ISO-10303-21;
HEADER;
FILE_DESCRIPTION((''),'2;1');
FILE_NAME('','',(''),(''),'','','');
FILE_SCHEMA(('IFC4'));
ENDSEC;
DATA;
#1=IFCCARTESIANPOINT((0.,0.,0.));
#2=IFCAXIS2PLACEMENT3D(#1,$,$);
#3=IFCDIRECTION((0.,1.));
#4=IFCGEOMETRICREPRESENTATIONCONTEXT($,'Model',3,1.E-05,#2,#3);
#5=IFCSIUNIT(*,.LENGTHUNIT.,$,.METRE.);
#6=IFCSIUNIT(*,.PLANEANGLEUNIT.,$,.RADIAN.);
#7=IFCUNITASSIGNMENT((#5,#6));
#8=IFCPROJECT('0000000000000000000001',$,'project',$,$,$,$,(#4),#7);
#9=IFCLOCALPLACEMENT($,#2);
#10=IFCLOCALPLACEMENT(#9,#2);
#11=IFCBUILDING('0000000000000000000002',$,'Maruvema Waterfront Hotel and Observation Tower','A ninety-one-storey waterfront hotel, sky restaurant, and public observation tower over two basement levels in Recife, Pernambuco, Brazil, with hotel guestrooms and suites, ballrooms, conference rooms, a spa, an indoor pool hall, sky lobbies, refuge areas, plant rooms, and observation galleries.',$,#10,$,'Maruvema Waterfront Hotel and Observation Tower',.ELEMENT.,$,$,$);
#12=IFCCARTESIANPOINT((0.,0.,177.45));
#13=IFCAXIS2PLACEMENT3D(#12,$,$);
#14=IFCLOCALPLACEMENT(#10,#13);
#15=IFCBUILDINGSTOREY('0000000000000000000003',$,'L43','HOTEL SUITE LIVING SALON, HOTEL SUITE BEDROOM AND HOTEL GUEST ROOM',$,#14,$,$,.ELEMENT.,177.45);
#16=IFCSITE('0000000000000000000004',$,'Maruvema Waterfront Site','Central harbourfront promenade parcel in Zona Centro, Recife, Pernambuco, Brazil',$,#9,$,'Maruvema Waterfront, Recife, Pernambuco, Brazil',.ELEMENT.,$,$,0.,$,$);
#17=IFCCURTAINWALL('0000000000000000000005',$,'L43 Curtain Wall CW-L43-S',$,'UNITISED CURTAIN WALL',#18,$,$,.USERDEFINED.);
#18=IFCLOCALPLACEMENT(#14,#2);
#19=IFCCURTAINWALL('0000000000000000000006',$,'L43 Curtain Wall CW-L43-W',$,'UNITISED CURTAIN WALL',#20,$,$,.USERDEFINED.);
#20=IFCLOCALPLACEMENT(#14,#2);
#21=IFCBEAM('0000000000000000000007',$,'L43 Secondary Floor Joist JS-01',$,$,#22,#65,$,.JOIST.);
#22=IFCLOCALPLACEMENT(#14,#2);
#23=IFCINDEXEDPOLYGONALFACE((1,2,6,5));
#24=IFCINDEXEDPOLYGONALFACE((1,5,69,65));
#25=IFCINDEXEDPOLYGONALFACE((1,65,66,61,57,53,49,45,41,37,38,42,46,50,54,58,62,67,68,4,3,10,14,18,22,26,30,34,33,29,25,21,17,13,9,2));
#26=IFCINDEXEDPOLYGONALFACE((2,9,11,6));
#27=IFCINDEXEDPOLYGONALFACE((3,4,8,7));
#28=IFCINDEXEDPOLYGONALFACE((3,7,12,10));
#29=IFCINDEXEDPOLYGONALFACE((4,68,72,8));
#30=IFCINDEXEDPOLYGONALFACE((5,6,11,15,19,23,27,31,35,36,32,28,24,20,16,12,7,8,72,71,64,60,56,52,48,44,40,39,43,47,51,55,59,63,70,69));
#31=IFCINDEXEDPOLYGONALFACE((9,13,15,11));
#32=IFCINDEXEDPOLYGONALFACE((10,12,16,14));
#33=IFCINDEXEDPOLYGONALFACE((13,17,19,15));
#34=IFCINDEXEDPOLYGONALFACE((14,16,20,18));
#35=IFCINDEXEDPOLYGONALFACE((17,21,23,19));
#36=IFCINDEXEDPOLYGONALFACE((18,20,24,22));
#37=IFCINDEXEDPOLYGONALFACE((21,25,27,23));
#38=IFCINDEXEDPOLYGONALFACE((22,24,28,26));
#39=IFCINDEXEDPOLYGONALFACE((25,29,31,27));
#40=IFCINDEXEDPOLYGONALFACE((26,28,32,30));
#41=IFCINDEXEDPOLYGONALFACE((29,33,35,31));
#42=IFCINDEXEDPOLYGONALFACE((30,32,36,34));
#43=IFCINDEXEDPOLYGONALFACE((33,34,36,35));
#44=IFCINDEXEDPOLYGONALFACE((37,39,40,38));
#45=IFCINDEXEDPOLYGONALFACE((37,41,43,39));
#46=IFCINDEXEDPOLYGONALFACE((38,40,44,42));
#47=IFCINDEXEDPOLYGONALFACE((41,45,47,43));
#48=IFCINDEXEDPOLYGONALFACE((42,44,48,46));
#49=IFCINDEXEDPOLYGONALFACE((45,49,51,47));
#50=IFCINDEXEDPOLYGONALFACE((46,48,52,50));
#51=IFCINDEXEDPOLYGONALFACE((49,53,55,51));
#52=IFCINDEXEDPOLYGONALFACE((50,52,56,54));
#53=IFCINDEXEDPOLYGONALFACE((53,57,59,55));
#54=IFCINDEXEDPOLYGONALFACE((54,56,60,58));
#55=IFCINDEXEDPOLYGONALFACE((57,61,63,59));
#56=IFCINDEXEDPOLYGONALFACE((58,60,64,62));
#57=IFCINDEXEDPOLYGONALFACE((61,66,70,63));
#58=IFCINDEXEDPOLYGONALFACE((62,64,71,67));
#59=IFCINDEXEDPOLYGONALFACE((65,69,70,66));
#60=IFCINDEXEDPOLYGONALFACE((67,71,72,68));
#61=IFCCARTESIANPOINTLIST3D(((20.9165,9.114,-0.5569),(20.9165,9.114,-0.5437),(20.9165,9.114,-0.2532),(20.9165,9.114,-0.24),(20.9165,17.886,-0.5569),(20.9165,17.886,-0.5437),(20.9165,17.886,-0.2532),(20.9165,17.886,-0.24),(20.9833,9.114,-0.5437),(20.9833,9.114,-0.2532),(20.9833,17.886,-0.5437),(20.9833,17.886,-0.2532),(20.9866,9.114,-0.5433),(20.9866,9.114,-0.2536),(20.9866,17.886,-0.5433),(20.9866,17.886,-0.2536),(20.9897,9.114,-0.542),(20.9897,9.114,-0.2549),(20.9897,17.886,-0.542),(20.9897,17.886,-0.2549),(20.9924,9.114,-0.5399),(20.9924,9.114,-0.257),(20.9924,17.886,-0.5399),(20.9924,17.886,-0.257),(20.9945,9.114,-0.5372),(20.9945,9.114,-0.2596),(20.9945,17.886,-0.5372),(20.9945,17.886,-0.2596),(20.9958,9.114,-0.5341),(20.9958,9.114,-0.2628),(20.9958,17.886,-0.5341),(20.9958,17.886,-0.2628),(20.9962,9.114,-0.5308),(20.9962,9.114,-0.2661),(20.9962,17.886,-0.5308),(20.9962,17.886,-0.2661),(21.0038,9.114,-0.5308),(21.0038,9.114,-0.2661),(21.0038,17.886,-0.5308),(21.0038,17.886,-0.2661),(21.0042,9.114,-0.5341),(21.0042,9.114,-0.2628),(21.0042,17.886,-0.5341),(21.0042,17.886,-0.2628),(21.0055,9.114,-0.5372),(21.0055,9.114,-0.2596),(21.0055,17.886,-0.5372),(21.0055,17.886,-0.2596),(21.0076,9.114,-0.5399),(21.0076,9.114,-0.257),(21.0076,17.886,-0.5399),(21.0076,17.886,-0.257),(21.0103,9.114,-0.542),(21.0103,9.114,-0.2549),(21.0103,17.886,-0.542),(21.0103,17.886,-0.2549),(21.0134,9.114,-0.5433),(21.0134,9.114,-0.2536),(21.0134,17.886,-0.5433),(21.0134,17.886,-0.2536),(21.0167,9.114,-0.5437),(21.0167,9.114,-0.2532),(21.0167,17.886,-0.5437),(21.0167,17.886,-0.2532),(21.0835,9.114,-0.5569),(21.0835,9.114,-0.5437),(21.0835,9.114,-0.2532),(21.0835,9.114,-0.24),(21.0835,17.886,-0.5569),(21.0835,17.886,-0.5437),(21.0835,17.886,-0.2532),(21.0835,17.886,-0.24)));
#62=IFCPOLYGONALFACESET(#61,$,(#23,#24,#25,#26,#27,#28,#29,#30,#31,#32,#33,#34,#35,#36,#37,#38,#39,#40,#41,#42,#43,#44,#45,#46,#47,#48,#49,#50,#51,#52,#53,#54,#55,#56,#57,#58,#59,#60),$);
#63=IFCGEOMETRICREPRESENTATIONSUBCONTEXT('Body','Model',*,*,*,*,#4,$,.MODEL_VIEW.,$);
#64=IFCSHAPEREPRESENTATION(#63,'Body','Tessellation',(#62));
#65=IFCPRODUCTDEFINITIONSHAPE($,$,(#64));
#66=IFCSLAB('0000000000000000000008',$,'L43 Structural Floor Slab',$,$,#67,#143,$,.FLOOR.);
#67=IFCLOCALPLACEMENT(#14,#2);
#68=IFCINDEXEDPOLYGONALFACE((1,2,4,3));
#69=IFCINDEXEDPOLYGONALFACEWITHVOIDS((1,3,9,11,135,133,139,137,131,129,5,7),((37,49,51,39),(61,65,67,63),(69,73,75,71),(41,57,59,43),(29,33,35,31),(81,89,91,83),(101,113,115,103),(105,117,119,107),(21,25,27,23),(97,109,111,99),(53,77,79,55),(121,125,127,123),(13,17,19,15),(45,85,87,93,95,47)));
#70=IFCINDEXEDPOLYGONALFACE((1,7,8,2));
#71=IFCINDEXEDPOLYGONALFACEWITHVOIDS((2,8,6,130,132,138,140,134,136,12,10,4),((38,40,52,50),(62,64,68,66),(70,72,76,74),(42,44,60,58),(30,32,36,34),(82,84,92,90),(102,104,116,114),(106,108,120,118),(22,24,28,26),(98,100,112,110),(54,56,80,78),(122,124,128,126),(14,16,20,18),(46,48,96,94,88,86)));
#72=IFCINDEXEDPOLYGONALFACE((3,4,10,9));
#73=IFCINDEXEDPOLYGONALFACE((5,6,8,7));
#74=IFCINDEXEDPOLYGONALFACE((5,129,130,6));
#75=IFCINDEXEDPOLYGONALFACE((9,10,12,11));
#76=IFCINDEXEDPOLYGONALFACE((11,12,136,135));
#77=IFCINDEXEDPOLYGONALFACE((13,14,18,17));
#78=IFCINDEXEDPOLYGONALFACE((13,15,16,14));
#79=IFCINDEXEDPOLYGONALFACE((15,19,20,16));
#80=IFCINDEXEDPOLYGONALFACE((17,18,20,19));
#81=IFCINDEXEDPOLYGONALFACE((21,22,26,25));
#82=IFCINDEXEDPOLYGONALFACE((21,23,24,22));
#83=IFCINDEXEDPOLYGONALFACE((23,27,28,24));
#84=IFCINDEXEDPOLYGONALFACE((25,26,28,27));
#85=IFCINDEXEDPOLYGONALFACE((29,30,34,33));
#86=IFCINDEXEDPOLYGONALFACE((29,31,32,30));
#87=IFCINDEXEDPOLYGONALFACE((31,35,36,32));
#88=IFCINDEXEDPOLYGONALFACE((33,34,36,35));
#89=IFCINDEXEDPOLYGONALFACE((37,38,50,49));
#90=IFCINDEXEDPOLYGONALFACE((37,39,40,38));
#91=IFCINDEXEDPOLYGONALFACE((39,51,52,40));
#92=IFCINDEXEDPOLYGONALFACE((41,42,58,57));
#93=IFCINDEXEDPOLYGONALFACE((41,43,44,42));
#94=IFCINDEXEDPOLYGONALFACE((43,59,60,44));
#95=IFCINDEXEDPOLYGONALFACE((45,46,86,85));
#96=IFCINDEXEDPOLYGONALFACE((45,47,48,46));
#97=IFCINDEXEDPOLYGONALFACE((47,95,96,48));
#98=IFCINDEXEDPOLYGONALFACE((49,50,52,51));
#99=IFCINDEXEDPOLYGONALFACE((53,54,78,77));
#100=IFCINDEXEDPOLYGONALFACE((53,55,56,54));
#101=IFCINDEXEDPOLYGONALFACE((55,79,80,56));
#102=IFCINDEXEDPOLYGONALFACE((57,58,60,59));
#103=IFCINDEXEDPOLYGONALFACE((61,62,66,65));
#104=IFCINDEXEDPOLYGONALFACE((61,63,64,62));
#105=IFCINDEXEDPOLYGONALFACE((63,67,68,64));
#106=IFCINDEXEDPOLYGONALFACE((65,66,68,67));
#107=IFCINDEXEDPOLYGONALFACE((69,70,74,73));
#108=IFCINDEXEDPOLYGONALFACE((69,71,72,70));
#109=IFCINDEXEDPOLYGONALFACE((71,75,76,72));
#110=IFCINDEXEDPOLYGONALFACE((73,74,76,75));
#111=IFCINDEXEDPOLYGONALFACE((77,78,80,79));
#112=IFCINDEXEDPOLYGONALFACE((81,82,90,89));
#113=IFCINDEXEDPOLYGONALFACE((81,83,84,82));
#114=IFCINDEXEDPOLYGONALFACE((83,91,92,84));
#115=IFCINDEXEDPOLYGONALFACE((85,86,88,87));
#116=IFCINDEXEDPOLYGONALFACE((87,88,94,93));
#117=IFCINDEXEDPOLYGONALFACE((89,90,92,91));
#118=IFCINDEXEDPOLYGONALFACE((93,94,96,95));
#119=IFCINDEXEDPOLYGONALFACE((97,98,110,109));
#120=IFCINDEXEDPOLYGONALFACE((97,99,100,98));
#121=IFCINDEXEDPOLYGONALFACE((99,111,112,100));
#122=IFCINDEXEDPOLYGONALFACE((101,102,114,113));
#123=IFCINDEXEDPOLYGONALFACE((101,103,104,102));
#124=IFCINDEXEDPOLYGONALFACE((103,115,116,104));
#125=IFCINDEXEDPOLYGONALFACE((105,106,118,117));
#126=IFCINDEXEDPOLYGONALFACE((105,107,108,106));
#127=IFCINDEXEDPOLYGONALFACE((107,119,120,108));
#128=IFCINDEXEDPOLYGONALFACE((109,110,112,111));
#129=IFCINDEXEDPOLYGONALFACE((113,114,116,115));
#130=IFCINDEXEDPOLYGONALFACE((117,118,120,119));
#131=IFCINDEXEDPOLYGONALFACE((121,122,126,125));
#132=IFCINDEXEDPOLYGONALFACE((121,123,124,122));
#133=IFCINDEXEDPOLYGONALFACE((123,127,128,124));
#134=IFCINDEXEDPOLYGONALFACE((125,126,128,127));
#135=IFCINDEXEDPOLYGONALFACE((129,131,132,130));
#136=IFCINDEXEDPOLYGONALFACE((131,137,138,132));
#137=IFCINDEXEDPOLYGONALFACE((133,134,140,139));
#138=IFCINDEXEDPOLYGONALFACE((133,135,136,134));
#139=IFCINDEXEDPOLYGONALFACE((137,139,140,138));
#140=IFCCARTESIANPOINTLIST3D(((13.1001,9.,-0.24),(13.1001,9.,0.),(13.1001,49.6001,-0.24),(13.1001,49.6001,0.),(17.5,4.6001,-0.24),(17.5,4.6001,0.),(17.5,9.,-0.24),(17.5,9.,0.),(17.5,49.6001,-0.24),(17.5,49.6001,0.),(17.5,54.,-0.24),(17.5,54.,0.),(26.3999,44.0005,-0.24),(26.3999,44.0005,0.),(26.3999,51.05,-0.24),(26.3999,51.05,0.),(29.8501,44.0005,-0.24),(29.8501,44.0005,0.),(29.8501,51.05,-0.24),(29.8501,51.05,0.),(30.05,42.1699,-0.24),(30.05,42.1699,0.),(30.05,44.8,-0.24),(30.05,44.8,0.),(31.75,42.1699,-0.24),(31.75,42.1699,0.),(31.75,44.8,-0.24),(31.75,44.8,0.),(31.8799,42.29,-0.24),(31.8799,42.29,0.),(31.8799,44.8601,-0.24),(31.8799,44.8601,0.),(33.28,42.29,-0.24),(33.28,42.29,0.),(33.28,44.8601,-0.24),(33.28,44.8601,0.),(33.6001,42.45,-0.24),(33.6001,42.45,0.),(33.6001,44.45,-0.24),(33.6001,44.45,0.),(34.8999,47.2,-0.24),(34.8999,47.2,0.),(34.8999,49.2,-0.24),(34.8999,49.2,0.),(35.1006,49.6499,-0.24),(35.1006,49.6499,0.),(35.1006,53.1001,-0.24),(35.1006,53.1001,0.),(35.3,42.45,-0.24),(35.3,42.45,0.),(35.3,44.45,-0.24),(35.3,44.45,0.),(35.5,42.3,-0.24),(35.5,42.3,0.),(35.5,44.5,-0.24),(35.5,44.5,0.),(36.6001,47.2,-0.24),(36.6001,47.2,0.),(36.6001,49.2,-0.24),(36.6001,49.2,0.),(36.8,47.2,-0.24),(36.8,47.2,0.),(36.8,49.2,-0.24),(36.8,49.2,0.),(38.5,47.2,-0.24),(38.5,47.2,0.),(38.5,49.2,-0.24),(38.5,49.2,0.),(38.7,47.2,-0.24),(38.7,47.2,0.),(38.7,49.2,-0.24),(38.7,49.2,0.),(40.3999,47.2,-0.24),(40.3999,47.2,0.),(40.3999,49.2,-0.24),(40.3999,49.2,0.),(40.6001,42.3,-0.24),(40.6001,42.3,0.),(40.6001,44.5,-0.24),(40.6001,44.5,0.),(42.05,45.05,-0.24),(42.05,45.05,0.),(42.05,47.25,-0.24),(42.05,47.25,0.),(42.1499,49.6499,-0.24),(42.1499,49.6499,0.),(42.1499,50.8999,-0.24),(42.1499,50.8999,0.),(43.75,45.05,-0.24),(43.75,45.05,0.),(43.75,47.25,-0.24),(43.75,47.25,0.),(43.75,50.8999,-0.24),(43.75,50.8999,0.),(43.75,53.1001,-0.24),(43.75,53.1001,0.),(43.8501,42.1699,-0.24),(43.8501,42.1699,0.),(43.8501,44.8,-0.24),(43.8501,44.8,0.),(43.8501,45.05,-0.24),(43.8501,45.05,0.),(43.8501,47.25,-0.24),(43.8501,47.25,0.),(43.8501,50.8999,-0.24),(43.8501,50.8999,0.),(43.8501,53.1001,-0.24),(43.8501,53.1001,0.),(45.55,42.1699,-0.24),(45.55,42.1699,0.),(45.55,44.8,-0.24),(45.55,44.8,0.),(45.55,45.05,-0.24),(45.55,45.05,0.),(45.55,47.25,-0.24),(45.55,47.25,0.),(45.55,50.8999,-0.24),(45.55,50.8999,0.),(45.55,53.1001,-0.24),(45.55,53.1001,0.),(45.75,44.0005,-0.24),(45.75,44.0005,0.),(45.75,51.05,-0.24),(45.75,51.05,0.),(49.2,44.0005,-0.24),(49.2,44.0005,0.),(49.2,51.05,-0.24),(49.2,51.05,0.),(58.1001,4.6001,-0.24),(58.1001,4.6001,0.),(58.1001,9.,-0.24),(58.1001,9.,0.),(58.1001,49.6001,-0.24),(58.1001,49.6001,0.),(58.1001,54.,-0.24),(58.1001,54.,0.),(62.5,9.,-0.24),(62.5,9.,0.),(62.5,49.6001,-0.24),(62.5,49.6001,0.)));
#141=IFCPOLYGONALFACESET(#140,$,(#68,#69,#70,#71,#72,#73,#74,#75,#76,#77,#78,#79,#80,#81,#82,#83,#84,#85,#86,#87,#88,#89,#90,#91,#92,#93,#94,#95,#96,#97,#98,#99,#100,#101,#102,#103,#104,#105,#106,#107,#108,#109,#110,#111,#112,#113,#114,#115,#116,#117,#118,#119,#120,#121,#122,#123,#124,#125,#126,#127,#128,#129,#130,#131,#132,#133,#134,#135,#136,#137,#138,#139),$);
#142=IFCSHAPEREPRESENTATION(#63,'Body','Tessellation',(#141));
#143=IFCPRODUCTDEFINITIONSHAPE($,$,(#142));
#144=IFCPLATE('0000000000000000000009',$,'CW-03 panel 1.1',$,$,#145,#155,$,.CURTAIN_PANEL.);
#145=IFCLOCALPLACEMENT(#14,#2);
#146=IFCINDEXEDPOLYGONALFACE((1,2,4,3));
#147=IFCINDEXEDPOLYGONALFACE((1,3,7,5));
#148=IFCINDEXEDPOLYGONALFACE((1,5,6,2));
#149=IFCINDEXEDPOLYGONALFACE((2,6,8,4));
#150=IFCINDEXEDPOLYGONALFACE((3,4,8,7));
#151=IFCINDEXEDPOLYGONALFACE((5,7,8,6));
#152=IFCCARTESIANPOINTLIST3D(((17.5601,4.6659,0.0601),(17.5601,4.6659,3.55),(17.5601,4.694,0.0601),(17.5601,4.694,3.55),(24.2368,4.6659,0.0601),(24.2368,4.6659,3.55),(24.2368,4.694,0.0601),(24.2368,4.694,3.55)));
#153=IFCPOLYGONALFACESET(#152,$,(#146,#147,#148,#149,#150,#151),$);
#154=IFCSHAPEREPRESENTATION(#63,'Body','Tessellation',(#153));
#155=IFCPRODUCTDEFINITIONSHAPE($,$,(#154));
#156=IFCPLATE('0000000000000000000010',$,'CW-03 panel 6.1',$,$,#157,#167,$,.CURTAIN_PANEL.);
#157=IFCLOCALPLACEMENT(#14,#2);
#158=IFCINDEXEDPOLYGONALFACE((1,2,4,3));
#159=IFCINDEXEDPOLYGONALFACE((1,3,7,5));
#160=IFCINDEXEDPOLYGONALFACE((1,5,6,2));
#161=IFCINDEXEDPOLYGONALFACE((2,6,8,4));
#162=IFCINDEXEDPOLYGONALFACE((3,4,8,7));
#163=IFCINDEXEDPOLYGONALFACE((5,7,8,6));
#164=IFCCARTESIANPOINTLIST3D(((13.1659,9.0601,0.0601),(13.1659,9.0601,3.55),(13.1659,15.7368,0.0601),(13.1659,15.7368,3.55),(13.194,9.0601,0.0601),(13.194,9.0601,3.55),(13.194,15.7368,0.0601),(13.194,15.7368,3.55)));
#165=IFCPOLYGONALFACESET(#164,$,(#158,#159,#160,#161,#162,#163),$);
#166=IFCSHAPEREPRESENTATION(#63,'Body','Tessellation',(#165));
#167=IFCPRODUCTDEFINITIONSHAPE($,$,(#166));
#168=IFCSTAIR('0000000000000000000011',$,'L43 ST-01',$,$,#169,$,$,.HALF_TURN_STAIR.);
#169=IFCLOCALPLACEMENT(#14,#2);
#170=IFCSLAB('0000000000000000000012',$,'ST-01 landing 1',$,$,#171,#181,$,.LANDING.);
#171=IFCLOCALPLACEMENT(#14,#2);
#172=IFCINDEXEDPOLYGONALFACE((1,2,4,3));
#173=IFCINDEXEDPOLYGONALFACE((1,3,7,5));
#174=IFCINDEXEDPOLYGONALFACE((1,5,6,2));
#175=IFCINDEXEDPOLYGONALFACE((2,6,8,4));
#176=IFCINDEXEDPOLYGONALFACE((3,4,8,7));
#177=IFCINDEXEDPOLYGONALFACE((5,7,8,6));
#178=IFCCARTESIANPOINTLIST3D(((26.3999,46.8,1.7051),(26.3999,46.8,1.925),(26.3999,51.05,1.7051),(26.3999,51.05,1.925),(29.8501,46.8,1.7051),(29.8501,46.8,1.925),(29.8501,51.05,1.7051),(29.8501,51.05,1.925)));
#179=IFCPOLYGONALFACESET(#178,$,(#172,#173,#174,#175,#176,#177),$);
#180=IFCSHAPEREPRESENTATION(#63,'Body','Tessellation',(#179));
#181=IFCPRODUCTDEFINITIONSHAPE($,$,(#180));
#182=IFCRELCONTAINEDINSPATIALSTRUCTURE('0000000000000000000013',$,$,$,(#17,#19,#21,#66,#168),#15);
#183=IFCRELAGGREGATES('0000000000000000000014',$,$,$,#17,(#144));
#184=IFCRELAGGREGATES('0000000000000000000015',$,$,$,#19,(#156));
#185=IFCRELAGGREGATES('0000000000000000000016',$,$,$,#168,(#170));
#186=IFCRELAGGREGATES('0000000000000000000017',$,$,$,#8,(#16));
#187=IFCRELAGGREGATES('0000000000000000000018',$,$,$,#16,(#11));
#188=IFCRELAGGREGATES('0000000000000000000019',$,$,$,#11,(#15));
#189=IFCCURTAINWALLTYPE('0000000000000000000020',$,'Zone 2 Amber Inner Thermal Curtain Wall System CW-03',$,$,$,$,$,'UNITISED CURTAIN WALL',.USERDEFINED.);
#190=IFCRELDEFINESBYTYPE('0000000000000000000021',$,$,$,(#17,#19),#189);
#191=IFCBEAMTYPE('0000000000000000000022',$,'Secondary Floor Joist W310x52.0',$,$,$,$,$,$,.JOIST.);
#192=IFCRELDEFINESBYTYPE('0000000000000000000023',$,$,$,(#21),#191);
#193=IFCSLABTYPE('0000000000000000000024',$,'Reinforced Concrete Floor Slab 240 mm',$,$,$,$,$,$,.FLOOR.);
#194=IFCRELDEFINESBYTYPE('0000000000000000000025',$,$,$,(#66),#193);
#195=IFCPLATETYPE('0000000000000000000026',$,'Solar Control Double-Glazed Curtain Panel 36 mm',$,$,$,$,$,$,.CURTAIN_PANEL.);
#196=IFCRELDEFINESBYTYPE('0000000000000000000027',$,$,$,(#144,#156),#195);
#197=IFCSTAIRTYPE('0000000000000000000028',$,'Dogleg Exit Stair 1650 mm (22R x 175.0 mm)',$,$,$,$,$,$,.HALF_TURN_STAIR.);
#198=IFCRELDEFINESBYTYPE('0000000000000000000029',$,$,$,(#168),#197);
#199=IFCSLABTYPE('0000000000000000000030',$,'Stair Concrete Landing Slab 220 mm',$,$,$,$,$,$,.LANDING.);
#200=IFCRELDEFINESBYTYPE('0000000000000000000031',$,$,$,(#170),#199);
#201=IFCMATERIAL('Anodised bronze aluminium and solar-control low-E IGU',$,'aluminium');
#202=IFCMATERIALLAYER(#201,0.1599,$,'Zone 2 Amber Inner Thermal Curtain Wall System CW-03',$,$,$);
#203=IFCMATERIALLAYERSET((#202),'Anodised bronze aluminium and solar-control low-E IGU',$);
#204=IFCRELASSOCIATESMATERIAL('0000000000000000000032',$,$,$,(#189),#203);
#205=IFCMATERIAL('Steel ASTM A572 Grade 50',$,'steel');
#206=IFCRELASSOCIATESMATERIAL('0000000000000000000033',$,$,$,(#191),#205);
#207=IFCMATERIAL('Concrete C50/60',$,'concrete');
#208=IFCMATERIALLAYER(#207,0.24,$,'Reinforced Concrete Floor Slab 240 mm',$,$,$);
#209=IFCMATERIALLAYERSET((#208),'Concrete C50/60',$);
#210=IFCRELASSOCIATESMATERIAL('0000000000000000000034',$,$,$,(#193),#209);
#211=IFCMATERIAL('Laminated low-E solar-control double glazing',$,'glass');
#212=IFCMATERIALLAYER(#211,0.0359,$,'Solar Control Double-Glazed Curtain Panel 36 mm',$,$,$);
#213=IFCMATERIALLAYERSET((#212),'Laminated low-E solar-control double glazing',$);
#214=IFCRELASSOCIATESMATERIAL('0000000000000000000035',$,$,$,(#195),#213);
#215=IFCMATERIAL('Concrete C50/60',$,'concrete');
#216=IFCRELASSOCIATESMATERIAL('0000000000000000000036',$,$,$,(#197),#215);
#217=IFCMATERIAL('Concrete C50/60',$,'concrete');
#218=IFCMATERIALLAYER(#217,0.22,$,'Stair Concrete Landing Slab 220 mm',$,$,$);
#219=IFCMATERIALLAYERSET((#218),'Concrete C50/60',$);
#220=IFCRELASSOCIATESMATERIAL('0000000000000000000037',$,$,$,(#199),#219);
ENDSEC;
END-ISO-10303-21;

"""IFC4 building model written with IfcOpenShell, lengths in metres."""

from ifc_helpers import new_model, si_unit, direction, frame, origin, origin_2d, place, context, subcontext, project, spatial, polyline, rectangle, i_section, outline, extrude, material, layer, layer_set, material_profile, profile_set, type_object, element, aggregate, save


model = new_model("IFC4")

# Units and contexts
model_context = context("Model", 3, precision=1e-05, world=origin(), true_north=direction((0.0, 1.0)))
body_context = subcontext(model_context, "Body", "Model", "MODEL_VIEW")
ifc_project = project(units=[si_unit("LENGTHUNIT", "METRE"), si_unit("PLANEANGLEUNIT", "RADIAN")], contexts=[model_context])

# Site, building, storey
site_placement = place(None, origin())
site = spatial("IfcSite", under=ifc_project, at=site_placement, Name="Maruvema Waterfront Site", Description="Central harbourfront promenade parcel in Zona Centro, Recife, Pernambuco, Brazil", LongName="Maruvema Waterfront, Recife, Pernambuco, Brazil", CompositionType="ELEMENT", RefElevation=0.0)
building_placement = place(site_placement, origin())
building = spatial("IfcBuilding", under=site, at=building_placement, Name="Maruvema Waterfront Hotel and Observation Tower", Description="A ninety-one-storey waterfront hotel, sky restaurant, and public observation tower over two basement levels in Recife, Pernambuco, Brazil, with hotel guestrooms and suites, ballrooms, conference rooms, a spa, an indoor pool hall, sky lobbies, refuge areas, plant rooms, and observation galleries.", LongName="Maruvema Waterfront Hotel and Observation Tower", CompositionType="ELEMENT")
storey_placement = place(building_placement, frame((0.0, 0.0, 177.45)))
storey = spatial("IfcBuildingStorey", under=building, at=storey_placement, Name="L43", Description="HOTEL SUITE LIVING SALON, HOTEL SUITE BEDROOM AND HOTEL GUEST ROOM", CompositionType="ELEMENT", Elevation=177.45)

# Curtain walls
ifc_material_1 = material(Name="Anodised bronze aluminium and solar-control low-E IGU", Category="aluminium")
ifc_layer_1 = layer(ifc_material_1, 0.1599, Name="Zone 2 Amber Inner Thermal Curtain Wall System CW-03")
ifc_layer_set_1 = layer_set([ifc_layer_1], Name="Anodised bronze aluminium and solar-control low-E IGU")
curtain_wall_type = type_object("IfcCurtainWallType", Name="Zone 2 Amber Inner Thermal Curtain Wall System CW-03", ElementType="UNITISED CURTAIN WALL", PredefinedType="USERDEFINED", material=ifc_layer_set_1)
curtain_wall_1_placement = place(storey_placement, origin())
curtain_wall_1 = element("IfcCurtainWall", 1, at=curtain_wall_1_placement, inside=storey, type_object=curtain_wall_type, Name="L43 Curtain Wall CW-L43-S", ObjectType="UNITISED CURTAIN WALL", PredefinedType="USERDEFINED")
curtain_wall_2_placement = place(storey_placement, origin())
curtain_wall_2 = element("IfcCurtainWall", 2, at=curtain_wall_2_placement, inside=storey, type_object=curtain_wall_type, Name="L43 Curtain Wall CW-L43-W", ObjectType="UNITISED CURTAIN WALL", PredefinedType="USERDEFINED")

# Beam
ifc_material_2 = material(Name="Steel ASTM A572 Grade 50", Category="steel")
ifc_material_profile_1 = material_profile(ifc_material_2, i_section(OverallWidth=0.167, OverallDepth=0.3169, WebThickness=0.0076, FlangeThickness=0.0132, FilletRadius=0.0129, at=origin_2d()), Name="W310x52.0")
ifc_profile_set_1 = profile_set([ifc_material_profile_1], Name="Steel ASTM A572 Grade 50")
beam_type_1 = type_object("IfcBeamType", Name="Secondary Floor Joist W310x52.0", PredefinedType="JOIST", material=ifc_profile_set_1)
beam_1_placement = place(storey_placement, frame((21.0, 9.114, -0.3984), z_axis=(0.0, 1.0, 0.0), x_axis=(-1.0, 0.0, 0.0)))
element("IfcBeam", 3, at=beam_1_placement, inside=storey, type_object=beam_type_1, Name="L43 Secondary Floor Joist JS-01", PredefinedType="JOIST", context=body_context, shape_type="SweptSolid", body=[
    extrude(i_section(OverallWidth=0.167, OverallDepth=0.3169, WebThickness=0.0076, FlangeThickness=0.0132, FilletRadius=0.0129, at=origin_2d()), origin(), (0.0, 0.0, 1.0), 8.772),
])

# Slab
ifc_material_3 = material(Name="Concrete C50/60", Category="concrete")
ifc_layer_2 = layer(ifc_material_3, 0.24, Name="Reinforced Concrete Floor Slab 240 mm")
ifc_layer_set_2 = layer_set([ifc_layer_2], Name="Concrete C50/60")
slab_type_1 = type_object("IfcSlabType", Name="Reinforced Concrete Floor Slab 240 mm", PredefinedType="FLOOR", material=ifc_layer_set_2)
slab_1_placement = place(storey_placement, frame((0.0, 0.0, -0.24)))
element("IfcSlab", 4, at=slab_1_placement, inside=storey, type_object=slab_type_1, Name="L43 Structural Floor Slab", PredefinedType="FLOOR", context=body_context, shape_type="SweptSolid", body=[
    extrude(outline(polyline([(17.5, 4.6001), (58.1001, 4.6001), (58.1001, 9.0), (62.5, 9.0), (62.5, 49.6001), (58.1001, 49.6001), (58.1001, 54.0), (17.5, 54.0), (17.5, 49.6001), (13.1001, 49.6001), (13.1001, 9.0), (17.5, 9.0), (17.5, 4.6001)]), holes=[polyline([(26.3999, 44.0005), (26.3999, 51.05), (29.8501, 51.05), (29.8501, 44.0005), (26.3999, 44.0005)]), polyline([(30.05, 44.8), (31.75, 44.8), (31.75, 42.1699), (30.05, 42.1699), (30.05, 44.8)]), polyline([(31.8799, 44.8601), (33.28, 44.8601), (33.28, 42.29), (31.8799, 42.29), (31.8799, 44.8601)]), polyline([(33.6001, 44.45), (35.3, 44.45), (35.3, 42.45), (33.6001, 42.45), (33.6001, 44.45)]), polyline([(34.8999, 49.2), (36.6001, 49.2), (36.6001, 47.2), (34.8999, 47.2), (34.8999, 49.2)]), polyline([(36.8, 49.2), (38.5, 49.2), (38.5, 47.2), (36.8, 47.2), (36.8, 49.2)]), polyline([(35.5, 42.3), (35.5, 44.5), (40.6001, 44.5), (40.6001, 42.3), (35.5, 42.3)]), polyline([(35.1006, 53.1001), (43.75, 53.1001), (43.75, 50.8999), (42.1499, 50.8999), (42.1499, 49.6499), (35.1006, 49.6499), (35.1006, 53.1001)]), polyline([(38.7, 49.2), (40.3999, 49.2), (40.3999, 47.2), (38.7, 47.2), (38.7, 49.2)]), polyline([(42.05, 47.25), (43.75, 47.25), (43.75, 45.05), (42.05, 45.05), (42.05, 47.25)]), polyline([(43.8501, 44.8), (45.55, 44.8), (45.55, 42.1699), (43.8501, 42.1699), (43.8501, 44.8)]), polyline([(43.8501, 47.25), (45.55, 47.25), (45.55, 45.05), (43.8501, 45.05), (43.8501, 47.25)]), polyline([(45.55, 53.1001), (45.55, 50.8999), (43.8501, 50.8999), (43.8501, 53.1001), (45.55, 53.1001)]), polyline([(45.75, 44.0005), (45.75, 51.05), (49.2, 51.05), (49.2, 44.0005), (45.75, 44.0005)])]), origin(), (0.0, 0.0, 1.0), 0.24),
])

# Plates
ifc_material_4 = material(Name="Laminated low-E solar-control double glazing", Category="glass")
ifc_layer_3 = layer(ifc_material_4, 0.0359, Name="Solar Control Double-Glazed Curtain Panel 36 mm")
ifc_layer_set_3 = layer_set([ifc_layer_3], Name="Laminated low-E solar-control double glazing")
plate_type = type_object("IfcPlateType", Name="Solar Control Double-Glazed Curtain Panel 36 mm", PredefinedType="CURTAIN_PANEL", material=ifc_layer_set_3)
plate_1_placement = place(storey_placement, frame((20.8984, 4.6799, 0.0601), z_axis=(0.0, 0.0, 1.0), x_axis=(1.0, 0.0, 0.0)))
plate_1 = element("IfcPlate", 5, at=plate_1_placement, type_object=plate_type, Name="CW-03 panel 1.1", PredefinedType="CURTAIN_PANEL", context=body_context, shape_type="SweptSolid", body=[
    extrude(rectangle(XDim=6.6768, YDim=0.0281, at=origin_2d()), origin(), (0.0, 0.0, 1.0), 3.49),
])
aggregate(curtain_wall_1, [plate_1])
plate_2_placement = place(storey_placement, frame((13.1799, 12.3984, 0.0601), z_axis=(0.0, 0.0, 1.0), x_axis=(0.0, -1.0, 0.0)))
plate_2 = element("IfcPlate", 6, at=plate_2_placement, type_object=plate_type, Name="CW-03 panel 6.1", PredefinedType="CURTAIN_PANEL", context=body_context, shape_type="SweptSolid", body=[
    extrude(rectangle(XDim=6.6768, YDim=0.0281, at=origin_2d()), origin(), (0.0, 0.0, 1.0), 3.49),
])
aggregate(curtain_wall_2, [plate_2])

# Stair, slab
ifc_material_5 = material(Name="Concrete C50/60", Category="concrete")
stair_type = type_object("IfcStairType", Name="Dogleg Exit Stair 1650 mm (22R x 175.0 mm)", PredefinedType="HALF_TURN_STAIR", material=ifc_material_5)
stair_1_placement = place(storey_placement, origin())
stair_1 = element("IfcStair", 7, at=stair_1_placement, inside=storey, type_object=stair_type, Name="L43 ST-01", PredefinedType="HALF_TURN_STAIR")
ifc_material_6 = material(Name="Concrete C50/60", Category="concrete")
ifc_layer_4 = layer(ifc_material_6, 0.22, Name="Stair Concrete Landing Slab 220 mm")
ifc_layer_set_4 = layer_set([ifc_layer_4], Name="Concrete C50/60")
slab_type_2 = type_object("IfcSlabType", Name="Stair Concrete Landing Slab 220 mm", PredefinedType="LANDING", material=ifc_layer_set_4)
slab_2_placement = place(storey_placement, frame((0.0, 0.0, 1.7051)))
slab_2 = element("IfcSlab", 8, at=slab_2_placement, type_object=slab_type_2, Name="ST-01 landing 1", PredefinedType="LANDING", context=body_context, shape_type="SweptSolid", body=[
    extrude(outline(polyline([(29.8501, 46.8), (29.8501, 51.05), (26.3999, 51.05), (26.3999, 46.8), (29.8501, 46.8)])), origin(), (0.0, 0.0, 1.0), 0.22),
])
aggregate(stair_1, [slab_2])

save(model, "model.ifc")
